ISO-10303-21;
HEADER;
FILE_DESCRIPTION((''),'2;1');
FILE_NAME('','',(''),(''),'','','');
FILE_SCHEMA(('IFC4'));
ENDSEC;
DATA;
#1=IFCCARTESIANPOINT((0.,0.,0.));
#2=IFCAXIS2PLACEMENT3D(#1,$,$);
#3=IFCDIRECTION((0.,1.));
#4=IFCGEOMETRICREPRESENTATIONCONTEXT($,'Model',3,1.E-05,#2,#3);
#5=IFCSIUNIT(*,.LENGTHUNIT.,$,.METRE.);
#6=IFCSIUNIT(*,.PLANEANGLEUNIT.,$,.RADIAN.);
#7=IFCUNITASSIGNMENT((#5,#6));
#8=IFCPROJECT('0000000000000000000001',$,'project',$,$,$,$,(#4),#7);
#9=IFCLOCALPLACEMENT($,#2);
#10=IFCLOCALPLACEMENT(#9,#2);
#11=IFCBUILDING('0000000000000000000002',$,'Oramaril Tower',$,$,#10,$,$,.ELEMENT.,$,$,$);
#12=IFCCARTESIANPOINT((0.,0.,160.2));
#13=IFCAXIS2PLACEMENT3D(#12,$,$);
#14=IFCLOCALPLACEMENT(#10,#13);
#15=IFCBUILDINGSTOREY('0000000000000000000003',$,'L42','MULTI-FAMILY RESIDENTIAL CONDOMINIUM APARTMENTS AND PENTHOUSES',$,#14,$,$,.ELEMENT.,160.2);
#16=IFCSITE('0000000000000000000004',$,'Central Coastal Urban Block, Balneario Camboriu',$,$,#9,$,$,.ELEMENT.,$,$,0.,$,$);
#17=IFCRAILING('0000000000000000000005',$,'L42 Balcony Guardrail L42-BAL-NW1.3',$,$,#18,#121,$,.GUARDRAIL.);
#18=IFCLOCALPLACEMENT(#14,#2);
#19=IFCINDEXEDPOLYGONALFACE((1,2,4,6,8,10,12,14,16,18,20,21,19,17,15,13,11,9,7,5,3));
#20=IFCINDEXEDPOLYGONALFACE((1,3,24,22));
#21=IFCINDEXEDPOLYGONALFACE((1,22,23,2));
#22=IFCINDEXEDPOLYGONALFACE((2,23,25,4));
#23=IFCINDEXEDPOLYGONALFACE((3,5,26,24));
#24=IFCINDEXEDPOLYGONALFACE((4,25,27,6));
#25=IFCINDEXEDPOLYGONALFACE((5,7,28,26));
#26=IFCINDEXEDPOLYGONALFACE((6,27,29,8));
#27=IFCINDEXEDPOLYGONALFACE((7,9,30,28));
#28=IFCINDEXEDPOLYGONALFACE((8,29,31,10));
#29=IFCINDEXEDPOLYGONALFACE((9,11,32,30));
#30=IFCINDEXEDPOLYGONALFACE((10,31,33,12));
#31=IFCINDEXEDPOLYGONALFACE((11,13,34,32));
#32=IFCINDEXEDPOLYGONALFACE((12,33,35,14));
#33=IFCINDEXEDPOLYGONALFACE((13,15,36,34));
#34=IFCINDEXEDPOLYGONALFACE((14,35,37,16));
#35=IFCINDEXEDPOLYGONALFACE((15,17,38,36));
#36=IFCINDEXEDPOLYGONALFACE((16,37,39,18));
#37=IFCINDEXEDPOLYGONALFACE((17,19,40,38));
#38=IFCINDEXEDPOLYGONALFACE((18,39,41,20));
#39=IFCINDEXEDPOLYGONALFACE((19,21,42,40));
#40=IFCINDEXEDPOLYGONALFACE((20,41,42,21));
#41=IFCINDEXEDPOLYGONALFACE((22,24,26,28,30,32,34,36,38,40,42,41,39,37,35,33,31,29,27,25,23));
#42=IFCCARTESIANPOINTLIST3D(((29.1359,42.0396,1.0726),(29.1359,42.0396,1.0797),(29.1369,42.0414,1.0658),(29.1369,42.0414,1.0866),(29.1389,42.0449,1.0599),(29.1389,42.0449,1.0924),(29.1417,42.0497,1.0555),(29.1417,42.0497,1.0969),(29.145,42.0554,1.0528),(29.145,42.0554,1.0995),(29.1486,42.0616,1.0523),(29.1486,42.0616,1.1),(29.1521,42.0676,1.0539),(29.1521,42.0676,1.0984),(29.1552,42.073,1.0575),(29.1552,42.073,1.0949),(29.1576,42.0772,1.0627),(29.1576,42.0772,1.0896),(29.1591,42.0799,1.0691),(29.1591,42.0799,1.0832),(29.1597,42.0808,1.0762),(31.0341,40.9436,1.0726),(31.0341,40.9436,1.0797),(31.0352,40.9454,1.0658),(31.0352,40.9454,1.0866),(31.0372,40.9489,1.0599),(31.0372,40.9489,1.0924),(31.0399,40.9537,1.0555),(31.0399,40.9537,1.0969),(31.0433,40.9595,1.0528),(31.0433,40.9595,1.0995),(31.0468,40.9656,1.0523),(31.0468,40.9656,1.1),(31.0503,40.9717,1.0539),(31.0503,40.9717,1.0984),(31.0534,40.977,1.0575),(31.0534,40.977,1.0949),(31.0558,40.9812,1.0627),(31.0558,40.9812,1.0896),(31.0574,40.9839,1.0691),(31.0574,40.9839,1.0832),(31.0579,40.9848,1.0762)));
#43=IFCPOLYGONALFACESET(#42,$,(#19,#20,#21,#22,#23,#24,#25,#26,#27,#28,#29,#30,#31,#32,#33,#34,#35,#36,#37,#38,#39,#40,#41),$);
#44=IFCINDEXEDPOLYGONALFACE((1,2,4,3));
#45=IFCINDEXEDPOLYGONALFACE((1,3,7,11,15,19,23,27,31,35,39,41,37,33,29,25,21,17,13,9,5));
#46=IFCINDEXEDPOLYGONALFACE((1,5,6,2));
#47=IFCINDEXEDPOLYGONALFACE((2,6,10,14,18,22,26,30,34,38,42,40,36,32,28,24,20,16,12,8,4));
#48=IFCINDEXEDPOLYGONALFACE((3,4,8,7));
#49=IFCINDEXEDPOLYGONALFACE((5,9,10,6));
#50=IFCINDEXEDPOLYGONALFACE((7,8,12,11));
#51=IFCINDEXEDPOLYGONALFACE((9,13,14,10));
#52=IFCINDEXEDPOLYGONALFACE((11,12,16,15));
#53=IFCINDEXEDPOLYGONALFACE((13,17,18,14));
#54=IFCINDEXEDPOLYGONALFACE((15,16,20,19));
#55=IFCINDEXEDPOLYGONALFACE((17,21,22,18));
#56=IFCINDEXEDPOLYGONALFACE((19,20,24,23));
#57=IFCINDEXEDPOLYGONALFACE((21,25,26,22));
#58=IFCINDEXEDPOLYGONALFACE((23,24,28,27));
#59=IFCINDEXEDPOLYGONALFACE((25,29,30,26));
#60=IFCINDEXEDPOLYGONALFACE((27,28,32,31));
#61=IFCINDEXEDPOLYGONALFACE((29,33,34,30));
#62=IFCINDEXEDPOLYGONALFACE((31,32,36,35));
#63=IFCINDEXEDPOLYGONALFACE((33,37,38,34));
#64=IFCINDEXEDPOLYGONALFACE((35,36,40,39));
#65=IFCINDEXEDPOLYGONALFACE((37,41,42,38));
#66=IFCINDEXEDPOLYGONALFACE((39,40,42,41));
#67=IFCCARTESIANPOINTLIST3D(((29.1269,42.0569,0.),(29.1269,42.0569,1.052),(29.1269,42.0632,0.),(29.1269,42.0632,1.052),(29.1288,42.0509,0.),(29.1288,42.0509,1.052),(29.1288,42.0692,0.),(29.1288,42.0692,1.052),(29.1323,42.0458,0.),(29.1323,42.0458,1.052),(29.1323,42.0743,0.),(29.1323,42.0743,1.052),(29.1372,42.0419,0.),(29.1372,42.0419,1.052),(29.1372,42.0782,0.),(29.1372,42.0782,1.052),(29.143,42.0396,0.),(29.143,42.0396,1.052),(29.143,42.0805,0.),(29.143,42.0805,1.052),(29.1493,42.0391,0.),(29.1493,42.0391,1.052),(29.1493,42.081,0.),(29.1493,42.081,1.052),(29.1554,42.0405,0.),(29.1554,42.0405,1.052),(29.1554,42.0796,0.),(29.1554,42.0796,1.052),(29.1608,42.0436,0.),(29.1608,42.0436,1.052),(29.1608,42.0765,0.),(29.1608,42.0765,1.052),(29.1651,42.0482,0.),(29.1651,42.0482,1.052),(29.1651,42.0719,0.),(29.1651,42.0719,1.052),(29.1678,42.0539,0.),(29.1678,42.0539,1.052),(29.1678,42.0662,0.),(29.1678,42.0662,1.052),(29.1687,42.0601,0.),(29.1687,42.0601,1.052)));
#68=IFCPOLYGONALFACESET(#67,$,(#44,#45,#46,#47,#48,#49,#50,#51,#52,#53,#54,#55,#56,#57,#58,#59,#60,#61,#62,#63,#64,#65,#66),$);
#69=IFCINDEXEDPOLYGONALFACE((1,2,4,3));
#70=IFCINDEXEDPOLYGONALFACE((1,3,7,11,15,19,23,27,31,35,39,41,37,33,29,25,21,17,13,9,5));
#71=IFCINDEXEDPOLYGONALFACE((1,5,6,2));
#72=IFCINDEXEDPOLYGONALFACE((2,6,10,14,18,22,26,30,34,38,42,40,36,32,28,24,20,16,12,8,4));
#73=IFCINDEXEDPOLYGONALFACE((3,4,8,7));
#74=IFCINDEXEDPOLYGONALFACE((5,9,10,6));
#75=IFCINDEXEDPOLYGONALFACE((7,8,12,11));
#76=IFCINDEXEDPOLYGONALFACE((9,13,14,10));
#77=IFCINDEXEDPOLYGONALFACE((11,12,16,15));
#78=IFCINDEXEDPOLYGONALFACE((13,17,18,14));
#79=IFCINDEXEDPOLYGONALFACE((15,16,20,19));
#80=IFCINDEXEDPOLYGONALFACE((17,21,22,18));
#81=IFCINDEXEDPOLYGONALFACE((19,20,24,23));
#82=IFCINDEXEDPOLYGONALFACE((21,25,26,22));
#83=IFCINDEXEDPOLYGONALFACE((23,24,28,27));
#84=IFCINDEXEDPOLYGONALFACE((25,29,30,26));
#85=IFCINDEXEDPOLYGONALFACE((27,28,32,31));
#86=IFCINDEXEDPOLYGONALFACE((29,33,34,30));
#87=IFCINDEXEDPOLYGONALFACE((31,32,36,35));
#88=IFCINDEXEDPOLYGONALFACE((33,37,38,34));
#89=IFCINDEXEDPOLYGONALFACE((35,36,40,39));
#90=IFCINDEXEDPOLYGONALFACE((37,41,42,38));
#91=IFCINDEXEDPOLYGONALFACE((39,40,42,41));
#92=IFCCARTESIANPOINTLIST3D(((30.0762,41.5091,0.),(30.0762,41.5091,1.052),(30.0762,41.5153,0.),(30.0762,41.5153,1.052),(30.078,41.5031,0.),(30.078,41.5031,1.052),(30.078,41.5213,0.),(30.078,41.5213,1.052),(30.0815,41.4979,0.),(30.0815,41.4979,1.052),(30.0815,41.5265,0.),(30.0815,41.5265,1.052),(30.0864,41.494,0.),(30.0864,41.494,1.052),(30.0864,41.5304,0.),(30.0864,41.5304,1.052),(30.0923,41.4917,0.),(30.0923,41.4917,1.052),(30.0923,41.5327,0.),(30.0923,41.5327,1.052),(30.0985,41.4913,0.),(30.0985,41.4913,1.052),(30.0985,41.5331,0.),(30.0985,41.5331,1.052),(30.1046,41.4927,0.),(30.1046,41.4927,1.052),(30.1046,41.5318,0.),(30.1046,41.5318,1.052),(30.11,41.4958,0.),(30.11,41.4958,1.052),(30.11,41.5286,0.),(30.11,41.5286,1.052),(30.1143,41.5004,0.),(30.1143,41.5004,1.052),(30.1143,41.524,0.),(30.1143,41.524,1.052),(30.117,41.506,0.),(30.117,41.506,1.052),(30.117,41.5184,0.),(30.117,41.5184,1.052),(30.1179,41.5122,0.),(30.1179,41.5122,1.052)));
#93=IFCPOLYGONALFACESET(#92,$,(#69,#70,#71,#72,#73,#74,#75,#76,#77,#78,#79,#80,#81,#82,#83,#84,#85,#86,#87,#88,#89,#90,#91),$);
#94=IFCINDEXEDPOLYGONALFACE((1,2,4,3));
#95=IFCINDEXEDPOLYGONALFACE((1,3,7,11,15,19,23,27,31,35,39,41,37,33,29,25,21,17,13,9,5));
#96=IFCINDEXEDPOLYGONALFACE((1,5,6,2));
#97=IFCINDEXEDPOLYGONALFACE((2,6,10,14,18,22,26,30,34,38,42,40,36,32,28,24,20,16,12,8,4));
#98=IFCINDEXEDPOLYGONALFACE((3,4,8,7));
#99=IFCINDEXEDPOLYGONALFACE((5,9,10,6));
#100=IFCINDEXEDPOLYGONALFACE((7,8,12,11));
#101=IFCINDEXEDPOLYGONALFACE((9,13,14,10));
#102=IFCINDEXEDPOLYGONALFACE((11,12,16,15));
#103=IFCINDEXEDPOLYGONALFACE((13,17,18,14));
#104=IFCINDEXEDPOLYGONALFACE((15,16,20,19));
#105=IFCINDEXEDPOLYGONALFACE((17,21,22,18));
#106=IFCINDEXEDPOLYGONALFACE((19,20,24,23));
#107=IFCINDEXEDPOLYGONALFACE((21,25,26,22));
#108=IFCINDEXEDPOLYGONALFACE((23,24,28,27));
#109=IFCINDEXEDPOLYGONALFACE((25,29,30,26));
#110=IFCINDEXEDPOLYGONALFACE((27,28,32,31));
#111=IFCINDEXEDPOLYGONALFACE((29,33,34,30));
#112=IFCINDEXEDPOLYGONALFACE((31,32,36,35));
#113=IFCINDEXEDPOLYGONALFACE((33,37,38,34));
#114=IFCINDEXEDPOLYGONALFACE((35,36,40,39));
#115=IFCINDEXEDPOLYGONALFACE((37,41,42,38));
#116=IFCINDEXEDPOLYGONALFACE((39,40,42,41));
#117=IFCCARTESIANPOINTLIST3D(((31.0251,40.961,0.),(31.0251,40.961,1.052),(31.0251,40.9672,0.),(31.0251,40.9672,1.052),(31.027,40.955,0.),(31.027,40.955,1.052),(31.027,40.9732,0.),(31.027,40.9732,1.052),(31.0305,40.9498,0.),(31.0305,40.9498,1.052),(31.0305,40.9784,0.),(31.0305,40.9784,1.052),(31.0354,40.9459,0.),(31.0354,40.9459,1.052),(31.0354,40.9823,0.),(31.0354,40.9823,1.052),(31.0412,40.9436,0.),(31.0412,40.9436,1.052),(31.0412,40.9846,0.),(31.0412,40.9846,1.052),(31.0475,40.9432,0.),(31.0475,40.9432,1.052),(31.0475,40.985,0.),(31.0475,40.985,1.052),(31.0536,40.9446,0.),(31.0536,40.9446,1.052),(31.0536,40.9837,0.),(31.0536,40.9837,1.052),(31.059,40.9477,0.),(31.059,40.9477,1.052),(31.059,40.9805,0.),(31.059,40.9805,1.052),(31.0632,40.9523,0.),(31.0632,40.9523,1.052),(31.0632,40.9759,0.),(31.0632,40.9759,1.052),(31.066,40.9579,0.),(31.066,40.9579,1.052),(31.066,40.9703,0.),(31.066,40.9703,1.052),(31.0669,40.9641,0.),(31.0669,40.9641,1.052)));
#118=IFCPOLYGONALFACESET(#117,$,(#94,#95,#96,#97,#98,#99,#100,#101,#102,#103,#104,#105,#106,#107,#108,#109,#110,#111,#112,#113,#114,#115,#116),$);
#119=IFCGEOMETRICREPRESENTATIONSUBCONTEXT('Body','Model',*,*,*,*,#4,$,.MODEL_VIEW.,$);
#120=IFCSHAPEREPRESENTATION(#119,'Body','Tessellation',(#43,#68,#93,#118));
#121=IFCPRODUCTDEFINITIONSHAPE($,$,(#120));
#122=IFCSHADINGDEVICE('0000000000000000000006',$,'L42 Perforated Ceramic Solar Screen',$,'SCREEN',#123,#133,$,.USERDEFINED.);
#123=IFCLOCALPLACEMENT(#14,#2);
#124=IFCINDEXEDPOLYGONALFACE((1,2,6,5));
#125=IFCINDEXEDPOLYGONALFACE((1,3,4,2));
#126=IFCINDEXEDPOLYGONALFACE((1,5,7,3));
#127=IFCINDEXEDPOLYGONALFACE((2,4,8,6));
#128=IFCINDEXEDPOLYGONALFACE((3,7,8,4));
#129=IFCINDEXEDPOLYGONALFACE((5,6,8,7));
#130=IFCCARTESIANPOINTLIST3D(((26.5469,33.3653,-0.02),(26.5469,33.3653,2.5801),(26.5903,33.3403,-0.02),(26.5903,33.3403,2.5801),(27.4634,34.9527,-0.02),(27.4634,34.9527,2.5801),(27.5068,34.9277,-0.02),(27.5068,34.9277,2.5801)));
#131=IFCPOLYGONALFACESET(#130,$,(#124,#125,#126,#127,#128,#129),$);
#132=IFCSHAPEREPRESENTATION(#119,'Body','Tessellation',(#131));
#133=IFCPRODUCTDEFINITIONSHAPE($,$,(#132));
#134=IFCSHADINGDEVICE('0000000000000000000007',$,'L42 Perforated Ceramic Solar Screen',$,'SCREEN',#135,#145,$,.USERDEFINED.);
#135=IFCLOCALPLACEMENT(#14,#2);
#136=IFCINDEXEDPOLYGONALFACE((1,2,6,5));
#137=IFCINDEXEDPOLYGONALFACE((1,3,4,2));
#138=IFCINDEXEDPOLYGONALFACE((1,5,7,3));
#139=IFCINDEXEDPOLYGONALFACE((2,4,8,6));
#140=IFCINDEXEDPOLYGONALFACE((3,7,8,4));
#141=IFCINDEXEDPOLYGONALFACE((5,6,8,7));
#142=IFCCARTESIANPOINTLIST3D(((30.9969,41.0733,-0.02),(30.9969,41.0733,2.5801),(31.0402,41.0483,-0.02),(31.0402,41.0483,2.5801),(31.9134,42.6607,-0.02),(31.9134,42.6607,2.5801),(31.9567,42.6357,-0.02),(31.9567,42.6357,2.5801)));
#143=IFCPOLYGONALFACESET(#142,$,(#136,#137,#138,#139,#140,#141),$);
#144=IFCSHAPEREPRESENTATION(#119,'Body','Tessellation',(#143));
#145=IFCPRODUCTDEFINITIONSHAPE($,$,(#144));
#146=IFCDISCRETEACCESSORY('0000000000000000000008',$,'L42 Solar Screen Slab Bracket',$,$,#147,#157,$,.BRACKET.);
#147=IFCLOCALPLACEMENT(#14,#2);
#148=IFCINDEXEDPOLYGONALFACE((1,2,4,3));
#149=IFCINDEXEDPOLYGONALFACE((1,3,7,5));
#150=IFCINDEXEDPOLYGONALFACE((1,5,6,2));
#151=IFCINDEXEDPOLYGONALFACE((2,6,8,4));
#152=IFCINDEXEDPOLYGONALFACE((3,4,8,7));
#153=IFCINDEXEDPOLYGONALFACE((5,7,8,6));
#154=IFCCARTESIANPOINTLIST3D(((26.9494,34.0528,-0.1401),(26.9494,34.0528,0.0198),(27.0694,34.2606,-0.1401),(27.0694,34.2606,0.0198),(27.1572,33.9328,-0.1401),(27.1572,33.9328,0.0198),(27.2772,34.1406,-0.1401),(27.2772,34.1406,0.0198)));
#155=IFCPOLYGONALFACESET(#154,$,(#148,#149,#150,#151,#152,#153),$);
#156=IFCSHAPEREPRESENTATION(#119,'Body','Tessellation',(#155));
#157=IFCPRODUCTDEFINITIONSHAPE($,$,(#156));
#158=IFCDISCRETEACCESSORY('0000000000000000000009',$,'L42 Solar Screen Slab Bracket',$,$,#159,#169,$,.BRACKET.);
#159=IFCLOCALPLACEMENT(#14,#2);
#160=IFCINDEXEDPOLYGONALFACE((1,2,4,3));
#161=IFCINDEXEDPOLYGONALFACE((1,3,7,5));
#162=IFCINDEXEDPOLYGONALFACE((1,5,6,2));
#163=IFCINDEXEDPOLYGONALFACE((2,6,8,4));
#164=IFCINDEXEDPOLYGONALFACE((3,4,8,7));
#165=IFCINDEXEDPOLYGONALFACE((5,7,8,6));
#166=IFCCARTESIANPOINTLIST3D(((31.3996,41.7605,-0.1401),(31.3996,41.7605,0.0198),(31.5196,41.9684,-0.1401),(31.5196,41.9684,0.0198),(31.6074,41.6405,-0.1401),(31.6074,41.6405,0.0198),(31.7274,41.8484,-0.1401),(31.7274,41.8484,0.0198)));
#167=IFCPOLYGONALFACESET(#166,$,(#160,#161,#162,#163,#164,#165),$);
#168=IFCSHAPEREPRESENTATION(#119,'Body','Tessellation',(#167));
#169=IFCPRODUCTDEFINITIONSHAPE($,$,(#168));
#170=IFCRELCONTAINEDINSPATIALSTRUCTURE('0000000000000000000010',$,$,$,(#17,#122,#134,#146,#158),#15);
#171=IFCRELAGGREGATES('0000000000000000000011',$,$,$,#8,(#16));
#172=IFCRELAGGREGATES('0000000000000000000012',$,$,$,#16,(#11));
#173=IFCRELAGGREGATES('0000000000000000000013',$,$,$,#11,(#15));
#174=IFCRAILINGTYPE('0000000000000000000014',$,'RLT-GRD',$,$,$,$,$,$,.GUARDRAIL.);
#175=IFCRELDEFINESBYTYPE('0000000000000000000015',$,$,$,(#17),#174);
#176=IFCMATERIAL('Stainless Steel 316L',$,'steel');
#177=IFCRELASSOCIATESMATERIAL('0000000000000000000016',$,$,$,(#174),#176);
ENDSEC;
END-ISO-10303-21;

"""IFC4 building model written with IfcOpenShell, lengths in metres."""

from ifc_helpers import new_model, si_unit, direction, frame, origin, origin_2d, place, context, subcontext, project, spatial, rectangle, circle, extrude, material, type_object, element, save


model = new_model("IFC4")

# Units and contexts
model_context = context("Model", 3, precision=1e-05, world=origin(), true_north=direction((0.0, 1.0)))
body_context = subcontext(model_context, "Body", "Model", "MODEL_VIEW")
ifc_project = project(units=[si_unit("LENGTHUNIT", "METRE"), si_unit("PLANEANGLEUNIT", "RADIAN")], contexts=[model_context])

# Site, building, storey
site_placement = place(None, origin())
site = spatial("IfcSite", under=ifc_project, at=site_placement, Name="Central Coastal Urban Block, Balneario Camboriu", CompositionType="ELEMENT", RefElevation=0.0)
building_placement = place(site_placement, origin())
building = spatial("IfcBuilding", under=site, at=building_placement, Name="Oramaril Tower", CompositionType="ELEMENT")
storey_placement = place(building_placement, frame((0.0, 0.0, 160.2)))
storey = spatial("IfcBuildingStorey", under=building, at=storey_placement, Name="L42", Description="MULTI-FAMILY RESIDENTIAL CONDOMINIUM APARTMENTS AND PENTHOUSES", CompositionType="ELEMENT", Elevation=160.2)

# Railing
ifc_material_1 = material(Name="Stainless Steel 316L", Category="steel")
railing_type = type_object("IfcRailingType", Name="RLT-GRD", PredefinedType="GUARDRAIL", material=ifc_material_1)
railing_1_placement = place(storey_placement, frame((29.1477, 42.0601, 0.0)))
element("IfcRailing", 1, at=railing_1_placement, inside=storey, type_object=railing_type, Name="L42 Balcony Guardrail L42-BAL-NW1.3", PredefinedType="GUARDRAIL", context=body_context, shape_type="SweptSolid", body=[
    extrude(circle(Radius=0.0239, at=origin_2d()), frame((0.0, 0.0, 1.0762), z_axis=(0.866021, -0.500008, 0.0), x_axis=(0.500008, 0.866021, 0.0)), (0.0, 0.0, 1.0), 2.1919),
    extrude(circle(Radius=0.021, at=origin_2d()), origin(), (0.0, 0.0, 1.0), 1.052),
    extrude(circle(Radius=0.021, at=origin_2d()), frame((0.9492, -0.5479, 0.0)), (0.0, 0.0, 1.0), 1.052),
    extrude(circle(Radius=0.021, at=origin_2d()), frame((1.8982, -1.0959, 0.0)), (0.0, 0.0, 1.0), 1.052),
])

# Shading devices
for number, where, z_axis, x_axis, name in (
    (2, (27.0269, 34.1465, -0.02), (0.0, 0.0, 1.0), (-0.5, -0.866025, 0.0), "L42 Perforated Ceramic Solar Screen"),
    (3, (31.4768, 41.8545, -0.02), (0.0, 0.0, 1.0), (-0.5, -0.866025, 0.0), "L42 Perforated Ceramic Solar Screen"),
):
    element("IfcShadingDevice", number, at=place(storey_placement, frame(where, z_axis=z_axis, x_axis=x_axis)), inside=storey, Name=name, ObjectType="SCREEN", PredefinedType="USERDEFINED", context=body_context, shape_type="SweptSolid", body=[
        extrude(rectangle(XDim=1.833, YDim=0.05, at=origin_2d()), origin(), (0.0, 0.0, 1.0), 2.6001),
    ])

# Discrete accessories
for number, where, z_axis, x_axis, name in (
    (4, (27.1133, 34.0967, -0.1401), (0.0, 0.0, 1.0), (-0.5, -0.866025, 0.0), "L42 Solar Screen Slab Bracket"),
    (5, (31.5635, 41.8044, -0.1401), (0.0, 0.0, 1.0), (-0.5, -0.866025, 0.0), "L42 Solar Screen Slab Bracket"),
):
    element("IfcDiscreteAccessory", number, at=place(storey_placement, frame(where, z_axis=z_axis, x_axis=x_axis)), inside=storey, Name=name, PredefinedType="BRACKET", context=body_context, shape_type="SweptSolid", body=[
        extrude(rectangle(XDim=0.24, YDim=0.24, at=origin_2d()), origin(), (0.0, 0.0, 1.0), 0.1599),
    ])

save(model, "model.ifc")
